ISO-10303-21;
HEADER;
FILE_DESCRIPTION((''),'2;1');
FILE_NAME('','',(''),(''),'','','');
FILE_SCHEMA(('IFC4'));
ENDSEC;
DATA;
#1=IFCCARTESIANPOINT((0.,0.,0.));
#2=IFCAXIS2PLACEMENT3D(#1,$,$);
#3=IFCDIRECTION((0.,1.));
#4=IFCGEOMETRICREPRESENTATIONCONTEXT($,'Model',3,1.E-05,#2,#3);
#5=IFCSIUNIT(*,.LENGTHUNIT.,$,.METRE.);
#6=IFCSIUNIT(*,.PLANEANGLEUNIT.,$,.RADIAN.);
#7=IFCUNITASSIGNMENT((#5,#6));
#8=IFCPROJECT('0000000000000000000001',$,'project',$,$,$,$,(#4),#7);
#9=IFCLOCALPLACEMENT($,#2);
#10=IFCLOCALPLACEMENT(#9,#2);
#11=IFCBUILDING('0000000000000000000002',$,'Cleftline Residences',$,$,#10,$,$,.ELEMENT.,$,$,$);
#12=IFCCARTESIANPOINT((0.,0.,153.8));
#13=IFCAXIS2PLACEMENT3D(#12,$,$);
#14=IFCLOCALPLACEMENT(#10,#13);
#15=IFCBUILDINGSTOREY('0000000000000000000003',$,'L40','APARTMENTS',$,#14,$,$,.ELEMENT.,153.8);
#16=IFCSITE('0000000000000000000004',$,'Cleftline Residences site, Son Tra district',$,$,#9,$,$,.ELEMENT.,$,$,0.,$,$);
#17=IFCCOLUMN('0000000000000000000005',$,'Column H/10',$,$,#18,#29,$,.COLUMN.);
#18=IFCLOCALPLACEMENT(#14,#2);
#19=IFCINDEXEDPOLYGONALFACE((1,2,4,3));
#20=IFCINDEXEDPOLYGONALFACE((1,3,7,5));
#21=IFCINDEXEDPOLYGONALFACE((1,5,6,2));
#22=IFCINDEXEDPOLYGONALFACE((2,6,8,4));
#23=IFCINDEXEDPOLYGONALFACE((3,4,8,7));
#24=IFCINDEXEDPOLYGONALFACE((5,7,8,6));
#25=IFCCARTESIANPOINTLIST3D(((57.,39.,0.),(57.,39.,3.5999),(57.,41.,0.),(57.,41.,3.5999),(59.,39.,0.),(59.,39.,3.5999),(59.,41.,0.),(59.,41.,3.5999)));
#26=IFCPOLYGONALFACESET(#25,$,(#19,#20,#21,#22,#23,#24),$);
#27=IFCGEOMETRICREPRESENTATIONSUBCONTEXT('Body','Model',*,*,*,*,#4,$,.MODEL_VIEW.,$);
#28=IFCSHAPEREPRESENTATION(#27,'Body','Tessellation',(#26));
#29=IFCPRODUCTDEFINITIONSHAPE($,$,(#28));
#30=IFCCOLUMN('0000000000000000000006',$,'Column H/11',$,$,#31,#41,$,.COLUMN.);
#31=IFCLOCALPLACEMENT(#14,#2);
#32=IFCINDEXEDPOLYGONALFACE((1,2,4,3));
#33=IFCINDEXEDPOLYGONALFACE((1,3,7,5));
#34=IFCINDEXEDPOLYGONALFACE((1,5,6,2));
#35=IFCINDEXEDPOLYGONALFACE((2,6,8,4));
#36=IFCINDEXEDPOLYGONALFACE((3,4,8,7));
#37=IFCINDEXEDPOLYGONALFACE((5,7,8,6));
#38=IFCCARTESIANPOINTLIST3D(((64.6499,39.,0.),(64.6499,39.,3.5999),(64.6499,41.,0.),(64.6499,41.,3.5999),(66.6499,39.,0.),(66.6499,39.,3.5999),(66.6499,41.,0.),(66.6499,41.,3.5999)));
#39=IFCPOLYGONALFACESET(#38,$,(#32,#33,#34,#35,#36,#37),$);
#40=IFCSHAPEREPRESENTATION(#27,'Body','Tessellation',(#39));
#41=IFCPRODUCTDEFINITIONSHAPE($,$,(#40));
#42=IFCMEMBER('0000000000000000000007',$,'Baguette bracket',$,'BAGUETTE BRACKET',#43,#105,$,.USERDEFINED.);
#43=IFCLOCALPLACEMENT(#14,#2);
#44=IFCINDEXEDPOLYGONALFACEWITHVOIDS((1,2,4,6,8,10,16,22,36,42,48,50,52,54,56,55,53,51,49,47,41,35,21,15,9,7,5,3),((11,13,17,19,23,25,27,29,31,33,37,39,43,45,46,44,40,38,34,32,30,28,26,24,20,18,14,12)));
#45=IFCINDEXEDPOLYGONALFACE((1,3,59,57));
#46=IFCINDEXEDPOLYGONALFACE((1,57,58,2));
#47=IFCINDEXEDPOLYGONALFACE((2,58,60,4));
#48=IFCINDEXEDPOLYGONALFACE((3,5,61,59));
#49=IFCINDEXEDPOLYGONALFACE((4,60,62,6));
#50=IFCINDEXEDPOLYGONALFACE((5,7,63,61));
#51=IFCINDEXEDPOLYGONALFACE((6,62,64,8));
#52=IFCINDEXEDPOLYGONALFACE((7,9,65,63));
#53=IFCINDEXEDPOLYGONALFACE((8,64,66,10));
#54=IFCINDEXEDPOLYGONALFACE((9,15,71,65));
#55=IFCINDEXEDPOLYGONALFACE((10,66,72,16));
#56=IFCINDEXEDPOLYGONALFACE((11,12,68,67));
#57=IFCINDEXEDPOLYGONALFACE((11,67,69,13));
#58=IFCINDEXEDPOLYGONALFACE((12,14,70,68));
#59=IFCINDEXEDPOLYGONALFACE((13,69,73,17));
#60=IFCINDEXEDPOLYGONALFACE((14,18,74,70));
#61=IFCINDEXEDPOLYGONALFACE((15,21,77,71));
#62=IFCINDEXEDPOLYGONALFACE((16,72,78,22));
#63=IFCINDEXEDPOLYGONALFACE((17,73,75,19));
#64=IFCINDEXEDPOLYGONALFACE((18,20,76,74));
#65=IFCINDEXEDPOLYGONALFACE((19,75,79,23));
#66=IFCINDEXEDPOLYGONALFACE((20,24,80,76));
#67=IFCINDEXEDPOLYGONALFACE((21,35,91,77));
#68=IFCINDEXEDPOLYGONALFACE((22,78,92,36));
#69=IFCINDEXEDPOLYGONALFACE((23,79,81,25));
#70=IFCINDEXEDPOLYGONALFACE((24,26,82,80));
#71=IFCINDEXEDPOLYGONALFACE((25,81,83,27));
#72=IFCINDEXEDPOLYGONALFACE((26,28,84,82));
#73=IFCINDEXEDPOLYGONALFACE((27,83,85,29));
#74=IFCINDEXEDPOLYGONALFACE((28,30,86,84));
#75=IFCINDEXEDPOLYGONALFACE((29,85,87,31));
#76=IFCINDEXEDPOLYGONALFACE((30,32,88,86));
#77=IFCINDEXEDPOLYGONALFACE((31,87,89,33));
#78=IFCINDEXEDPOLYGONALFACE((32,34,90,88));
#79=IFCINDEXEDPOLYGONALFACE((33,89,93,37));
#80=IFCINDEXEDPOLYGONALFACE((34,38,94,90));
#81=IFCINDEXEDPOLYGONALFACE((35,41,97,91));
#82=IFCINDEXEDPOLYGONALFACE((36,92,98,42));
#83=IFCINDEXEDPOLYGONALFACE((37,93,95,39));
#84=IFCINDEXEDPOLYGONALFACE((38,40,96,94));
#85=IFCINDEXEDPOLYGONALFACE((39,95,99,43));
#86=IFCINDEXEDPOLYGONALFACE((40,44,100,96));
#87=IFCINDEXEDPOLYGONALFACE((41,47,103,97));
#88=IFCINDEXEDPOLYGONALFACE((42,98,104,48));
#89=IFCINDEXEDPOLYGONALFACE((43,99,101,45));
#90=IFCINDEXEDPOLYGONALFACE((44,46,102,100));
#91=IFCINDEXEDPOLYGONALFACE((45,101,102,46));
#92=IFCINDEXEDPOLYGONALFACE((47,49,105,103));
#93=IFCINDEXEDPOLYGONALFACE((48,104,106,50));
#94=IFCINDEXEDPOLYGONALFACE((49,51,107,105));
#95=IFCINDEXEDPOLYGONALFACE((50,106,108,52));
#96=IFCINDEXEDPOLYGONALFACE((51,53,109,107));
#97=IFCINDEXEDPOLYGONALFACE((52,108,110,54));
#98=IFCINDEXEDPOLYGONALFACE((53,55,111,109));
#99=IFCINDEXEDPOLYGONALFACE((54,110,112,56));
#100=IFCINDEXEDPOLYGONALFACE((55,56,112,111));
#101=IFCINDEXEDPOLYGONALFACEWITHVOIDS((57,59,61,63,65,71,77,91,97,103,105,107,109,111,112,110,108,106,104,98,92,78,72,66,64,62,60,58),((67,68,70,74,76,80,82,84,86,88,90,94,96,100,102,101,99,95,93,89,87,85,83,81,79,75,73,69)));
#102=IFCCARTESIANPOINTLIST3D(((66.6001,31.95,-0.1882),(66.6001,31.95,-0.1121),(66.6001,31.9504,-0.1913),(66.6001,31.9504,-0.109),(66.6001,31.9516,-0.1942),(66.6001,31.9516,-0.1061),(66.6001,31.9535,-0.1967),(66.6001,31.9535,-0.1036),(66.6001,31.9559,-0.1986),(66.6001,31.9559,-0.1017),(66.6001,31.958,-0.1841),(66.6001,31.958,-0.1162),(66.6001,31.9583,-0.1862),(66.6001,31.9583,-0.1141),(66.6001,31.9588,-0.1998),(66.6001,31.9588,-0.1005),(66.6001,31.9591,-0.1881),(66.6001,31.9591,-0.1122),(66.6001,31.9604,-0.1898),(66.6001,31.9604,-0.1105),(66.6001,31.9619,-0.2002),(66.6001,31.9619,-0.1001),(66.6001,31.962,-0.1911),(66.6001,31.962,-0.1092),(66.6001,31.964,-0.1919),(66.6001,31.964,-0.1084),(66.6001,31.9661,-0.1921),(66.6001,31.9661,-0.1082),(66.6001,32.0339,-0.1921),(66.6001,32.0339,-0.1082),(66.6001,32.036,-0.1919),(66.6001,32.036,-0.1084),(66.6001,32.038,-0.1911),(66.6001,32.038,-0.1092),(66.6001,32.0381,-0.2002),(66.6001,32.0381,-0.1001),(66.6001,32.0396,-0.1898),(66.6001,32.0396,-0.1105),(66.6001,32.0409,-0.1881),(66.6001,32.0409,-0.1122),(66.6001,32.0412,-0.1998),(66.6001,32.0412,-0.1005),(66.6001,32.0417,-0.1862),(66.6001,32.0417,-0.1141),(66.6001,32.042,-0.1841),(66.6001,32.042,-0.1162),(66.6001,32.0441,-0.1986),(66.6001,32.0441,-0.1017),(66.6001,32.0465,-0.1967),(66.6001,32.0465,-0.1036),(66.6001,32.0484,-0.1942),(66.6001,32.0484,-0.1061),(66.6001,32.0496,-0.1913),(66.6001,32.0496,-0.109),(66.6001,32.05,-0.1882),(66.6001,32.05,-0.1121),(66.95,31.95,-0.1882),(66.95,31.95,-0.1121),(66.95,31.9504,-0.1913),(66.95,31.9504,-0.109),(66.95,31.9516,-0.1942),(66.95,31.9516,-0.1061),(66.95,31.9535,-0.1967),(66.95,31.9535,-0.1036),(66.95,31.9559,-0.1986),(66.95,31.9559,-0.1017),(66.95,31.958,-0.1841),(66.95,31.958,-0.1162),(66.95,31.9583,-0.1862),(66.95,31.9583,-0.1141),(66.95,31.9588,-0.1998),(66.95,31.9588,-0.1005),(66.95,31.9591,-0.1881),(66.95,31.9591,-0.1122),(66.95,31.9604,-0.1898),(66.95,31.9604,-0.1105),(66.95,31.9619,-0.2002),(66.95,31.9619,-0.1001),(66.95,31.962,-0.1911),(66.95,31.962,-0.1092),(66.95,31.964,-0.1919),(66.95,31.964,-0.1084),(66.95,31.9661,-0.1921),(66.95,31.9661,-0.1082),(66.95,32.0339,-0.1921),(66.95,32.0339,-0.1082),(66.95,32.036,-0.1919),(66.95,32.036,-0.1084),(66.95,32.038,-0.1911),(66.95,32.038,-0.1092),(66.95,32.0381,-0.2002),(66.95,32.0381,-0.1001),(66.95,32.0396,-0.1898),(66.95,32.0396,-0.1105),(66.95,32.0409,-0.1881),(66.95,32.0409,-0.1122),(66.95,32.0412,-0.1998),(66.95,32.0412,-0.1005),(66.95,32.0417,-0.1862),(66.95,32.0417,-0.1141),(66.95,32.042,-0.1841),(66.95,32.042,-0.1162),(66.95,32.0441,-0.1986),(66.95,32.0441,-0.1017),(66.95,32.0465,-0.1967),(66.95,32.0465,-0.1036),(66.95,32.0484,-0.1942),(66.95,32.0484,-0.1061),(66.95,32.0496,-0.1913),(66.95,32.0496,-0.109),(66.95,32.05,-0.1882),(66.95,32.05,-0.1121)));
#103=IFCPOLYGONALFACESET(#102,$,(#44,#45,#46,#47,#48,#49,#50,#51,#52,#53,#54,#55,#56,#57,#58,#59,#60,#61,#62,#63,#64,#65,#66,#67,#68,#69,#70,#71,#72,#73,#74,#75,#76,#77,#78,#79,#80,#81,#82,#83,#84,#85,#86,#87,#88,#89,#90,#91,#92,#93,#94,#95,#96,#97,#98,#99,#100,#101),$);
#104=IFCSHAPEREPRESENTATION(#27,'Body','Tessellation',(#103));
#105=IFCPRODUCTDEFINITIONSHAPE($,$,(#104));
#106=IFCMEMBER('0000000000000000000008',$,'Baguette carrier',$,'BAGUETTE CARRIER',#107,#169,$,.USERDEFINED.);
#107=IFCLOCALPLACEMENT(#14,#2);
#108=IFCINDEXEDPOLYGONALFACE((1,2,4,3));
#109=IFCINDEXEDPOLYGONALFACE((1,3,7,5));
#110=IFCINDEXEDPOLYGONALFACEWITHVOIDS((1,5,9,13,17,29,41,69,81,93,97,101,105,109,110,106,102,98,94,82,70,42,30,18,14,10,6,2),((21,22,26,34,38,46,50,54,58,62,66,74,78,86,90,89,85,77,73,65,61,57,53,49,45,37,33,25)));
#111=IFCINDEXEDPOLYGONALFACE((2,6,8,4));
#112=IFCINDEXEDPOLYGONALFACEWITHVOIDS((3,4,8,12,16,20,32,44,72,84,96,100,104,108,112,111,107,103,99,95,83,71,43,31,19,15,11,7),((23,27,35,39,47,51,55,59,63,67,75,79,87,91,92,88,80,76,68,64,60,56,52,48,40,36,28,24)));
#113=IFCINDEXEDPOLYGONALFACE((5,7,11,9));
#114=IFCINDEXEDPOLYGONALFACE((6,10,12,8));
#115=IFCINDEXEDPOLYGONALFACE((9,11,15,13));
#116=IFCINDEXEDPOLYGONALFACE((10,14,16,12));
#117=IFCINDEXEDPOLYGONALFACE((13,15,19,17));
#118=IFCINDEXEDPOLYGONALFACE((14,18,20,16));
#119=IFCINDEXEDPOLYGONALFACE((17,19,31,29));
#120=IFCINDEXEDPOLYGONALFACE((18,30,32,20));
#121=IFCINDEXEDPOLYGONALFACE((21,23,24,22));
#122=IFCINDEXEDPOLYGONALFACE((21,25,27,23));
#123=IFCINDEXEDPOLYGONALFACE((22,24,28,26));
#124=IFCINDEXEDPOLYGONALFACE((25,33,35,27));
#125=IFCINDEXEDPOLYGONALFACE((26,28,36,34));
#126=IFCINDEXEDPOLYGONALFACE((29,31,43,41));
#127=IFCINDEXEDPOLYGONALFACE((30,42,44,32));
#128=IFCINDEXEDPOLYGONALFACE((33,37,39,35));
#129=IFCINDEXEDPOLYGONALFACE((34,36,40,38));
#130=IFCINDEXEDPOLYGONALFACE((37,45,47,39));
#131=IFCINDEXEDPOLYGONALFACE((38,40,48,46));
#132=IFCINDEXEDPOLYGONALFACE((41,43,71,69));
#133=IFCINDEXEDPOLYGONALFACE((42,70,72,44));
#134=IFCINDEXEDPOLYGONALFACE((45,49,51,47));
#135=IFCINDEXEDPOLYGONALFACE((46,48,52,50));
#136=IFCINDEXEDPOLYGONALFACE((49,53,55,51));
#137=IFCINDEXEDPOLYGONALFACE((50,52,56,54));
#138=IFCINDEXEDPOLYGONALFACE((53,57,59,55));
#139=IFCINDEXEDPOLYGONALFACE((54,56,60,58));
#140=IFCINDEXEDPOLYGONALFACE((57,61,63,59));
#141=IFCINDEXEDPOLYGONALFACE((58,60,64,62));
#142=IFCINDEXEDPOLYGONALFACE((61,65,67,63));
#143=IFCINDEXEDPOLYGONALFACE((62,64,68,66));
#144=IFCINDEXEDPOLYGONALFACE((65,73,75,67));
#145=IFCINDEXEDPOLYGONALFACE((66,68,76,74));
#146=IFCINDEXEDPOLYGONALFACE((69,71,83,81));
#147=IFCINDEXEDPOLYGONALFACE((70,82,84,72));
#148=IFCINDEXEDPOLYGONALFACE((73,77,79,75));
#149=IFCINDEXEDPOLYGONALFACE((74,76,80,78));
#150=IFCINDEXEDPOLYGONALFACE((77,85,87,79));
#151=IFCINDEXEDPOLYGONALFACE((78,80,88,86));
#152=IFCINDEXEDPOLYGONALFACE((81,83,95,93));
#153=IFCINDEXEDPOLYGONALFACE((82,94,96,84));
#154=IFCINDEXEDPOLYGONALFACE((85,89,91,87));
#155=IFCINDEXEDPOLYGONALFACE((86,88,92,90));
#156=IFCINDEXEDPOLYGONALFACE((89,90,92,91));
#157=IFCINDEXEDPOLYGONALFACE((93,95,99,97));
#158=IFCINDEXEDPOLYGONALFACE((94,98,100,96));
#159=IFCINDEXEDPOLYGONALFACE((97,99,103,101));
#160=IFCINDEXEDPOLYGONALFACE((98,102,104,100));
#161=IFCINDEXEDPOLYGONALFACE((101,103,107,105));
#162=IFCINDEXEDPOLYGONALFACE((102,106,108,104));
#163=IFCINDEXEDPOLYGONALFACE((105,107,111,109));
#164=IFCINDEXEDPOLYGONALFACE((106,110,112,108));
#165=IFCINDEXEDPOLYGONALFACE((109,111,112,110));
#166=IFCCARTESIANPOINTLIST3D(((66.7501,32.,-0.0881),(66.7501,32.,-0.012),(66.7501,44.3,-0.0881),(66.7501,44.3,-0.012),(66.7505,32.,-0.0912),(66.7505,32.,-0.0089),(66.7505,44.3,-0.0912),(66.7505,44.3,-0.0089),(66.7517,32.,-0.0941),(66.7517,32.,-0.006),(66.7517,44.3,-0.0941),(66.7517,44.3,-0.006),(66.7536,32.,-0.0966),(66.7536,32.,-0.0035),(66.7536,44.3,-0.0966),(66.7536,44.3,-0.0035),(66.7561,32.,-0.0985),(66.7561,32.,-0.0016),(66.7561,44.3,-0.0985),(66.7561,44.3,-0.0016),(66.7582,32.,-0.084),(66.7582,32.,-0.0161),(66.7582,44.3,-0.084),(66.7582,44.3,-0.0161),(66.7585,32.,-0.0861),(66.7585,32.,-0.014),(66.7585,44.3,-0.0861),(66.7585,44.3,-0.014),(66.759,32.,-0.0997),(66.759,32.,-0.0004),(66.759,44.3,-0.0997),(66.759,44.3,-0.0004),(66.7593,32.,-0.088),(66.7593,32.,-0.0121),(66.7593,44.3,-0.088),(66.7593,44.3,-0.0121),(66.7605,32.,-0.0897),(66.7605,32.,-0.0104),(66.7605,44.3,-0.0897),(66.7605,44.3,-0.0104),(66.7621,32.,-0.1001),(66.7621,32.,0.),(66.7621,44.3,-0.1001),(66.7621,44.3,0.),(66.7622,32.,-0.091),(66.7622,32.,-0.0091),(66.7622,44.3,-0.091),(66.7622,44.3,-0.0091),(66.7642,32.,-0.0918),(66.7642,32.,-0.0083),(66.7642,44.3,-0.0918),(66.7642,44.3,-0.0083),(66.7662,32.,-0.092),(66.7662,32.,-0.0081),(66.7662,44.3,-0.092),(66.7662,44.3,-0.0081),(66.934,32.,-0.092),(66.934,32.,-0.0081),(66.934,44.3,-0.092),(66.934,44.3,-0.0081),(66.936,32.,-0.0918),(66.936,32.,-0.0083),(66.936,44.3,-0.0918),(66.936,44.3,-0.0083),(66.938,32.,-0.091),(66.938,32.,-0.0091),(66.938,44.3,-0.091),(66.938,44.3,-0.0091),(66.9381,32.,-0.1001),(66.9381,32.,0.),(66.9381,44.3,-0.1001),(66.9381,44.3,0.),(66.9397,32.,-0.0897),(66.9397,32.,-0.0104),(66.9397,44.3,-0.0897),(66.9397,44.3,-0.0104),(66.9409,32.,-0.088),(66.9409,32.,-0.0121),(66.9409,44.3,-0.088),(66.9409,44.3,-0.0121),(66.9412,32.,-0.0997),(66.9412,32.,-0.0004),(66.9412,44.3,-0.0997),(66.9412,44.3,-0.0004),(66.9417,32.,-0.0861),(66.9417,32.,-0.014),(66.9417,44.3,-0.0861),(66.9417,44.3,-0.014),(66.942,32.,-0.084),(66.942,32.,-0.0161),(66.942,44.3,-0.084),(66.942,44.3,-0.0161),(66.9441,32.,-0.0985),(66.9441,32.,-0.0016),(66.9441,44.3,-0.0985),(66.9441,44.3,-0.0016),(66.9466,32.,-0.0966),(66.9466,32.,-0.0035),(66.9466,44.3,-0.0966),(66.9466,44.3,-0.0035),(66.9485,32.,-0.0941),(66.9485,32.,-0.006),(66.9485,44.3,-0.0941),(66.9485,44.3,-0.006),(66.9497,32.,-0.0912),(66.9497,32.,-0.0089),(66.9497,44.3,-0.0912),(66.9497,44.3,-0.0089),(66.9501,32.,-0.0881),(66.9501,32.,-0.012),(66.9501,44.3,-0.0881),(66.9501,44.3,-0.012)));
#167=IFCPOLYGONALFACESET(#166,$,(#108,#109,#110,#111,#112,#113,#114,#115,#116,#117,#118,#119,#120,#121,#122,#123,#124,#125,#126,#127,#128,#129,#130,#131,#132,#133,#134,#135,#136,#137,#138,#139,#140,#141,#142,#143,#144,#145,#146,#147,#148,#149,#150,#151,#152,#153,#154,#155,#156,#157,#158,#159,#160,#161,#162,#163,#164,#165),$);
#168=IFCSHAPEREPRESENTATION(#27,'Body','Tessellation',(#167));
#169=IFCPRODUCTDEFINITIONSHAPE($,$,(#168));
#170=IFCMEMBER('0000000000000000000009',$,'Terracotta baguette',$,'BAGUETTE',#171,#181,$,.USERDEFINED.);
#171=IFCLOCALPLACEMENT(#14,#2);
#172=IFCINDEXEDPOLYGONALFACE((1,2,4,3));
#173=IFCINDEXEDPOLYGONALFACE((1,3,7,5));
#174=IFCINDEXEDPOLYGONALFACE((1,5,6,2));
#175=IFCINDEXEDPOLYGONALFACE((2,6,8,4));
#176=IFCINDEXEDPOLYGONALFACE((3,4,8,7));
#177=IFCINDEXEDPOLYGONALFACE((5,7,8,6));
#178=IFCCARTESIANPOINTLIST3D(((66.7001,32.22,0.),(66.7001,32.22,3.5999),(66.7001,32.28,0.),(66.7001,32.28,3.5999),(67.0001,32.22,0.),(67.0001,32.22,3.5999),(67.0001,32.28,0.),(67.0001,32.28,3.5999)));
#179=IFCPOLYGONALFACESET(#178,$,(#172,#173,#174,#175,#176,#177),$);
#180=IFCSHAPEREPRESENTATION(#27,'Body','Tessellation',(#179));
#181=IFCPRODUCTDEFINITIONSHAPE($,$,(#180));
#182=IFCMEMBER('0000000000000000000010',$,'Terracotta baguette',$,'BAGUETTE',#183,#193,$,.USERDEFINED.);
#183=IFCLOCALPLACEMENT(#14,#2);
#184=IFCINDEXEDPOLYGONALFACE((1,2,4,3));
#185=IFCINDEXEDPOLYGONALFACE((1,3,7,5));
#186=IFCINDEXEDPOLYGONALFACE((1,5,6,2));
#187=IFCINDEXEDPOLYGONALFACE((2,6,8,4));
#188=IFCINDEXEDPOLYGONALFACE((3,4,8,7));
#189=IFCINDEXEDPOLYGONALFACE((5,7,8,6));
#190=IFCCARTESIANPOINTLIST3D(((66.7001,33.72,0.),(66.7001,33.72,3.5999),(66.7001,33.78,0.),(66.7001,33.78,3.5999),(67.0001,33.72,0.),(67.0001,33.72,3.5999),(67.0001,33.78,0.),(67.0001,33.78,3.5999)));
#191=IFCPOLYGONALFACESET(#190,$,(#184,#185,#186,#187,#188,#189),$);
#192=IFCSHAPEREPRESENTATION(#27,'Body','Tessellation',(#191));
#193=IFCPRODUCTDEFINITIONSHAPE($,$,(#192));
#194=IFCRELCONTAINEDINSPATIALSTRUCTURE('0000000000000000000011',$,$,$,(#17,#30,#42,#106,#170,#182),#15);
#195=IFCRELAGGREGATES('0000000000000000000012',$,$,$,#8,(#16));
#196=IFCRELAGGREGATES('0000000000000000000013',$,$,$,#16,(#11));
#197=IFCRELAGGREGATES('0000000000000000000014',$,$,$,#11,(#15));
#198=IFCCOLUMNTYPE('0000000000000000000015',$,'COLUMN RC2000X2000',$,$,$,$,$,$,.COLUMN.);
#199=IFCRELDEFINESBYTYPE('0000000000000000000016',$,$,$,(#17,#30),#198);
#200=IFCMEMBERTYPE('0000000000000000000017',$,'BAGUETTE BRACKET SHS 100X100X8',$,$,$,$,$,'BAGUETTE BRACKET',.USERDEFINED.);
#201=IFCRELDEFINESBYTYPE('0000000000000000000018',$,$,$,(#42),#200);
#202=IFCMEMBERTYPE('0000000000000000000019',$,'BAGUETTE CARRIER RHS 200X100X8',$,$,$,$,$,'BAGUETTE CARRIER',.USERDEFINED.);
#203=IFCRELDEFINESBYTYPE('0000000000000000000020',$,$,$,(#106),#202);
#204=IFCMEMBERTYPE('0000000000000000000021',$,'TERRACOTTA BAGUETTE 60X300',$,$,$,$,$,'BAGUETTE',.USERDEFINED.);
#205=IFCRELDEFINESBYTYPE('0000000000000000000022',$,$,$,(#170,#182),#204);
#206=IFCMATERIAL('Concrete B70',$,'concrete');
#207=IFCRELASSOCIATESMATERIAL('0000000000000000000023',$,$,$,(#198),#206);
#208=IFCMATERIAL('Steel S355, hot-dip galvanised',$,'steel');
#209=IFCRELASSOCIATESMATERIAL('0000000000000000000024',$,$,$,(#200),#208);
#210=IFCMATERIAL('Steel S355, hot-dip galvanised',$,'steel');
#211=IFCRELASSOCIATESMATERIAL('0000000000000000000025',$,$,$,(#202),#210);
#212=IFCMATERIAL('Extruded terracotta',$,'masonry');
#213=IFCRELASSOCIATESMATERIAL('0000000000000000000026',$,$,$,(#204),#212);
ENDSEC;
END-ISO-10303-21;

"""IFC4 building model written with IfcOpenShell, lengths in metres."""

from ifc_helpers import new_model, si_unit, direction, frame, origin, origin_2d, place, context, subcontext, project, spatial, rectangle, hollow_rectangle, extrude, material, material_profile, profile_set, type_object, element, save


model = new_model("IFC4")

# Units and contexts
model_context = context("Model", 3, precision=1e-05, world=origin(), true_north=direction((0.0, 1.0)))
body_context = subcontext(model_context, "Body", "Model", "MODEL_VIEW")
ifc_project = project(units=[si_unit("LENGTHUNIT", "METRE"), si_unit("PLANEANGLEUNIT", "RADIAN")], contexts=[model_context])

# Site, building, storey
site_placement = place(None, origin())
site = spatial("IfcSite", under=ifc_project, at=site_placement, Name="Cleftline Residences site, Son Tra district", CompositionType="ELEMENT", RefElevation=0.0)
building_placement = place(site_placement, origin())
building = spatial("IfcBuilding", under=site, at=building_placement, Name="Cleftline Residences", CompositionType="ELEMENT")
storey_placement = place(building_placement, frame((0.0, 0.0, 153.8)))
storey = spatial("IfcBuildingStorey", under=building, at=storey_placement, Name="L40", Description="APARTMENTS", CompositionType="ELEMENT", Elevation=153.8)

# Columns
ifc_material_1 = material(Name="Concrete B70", Category="concrete")
ifc_material_profile_1 = material_profile(ifc_material_1, rectangle(XDim=2.0, YDim=2.0, at=origin_2d()))
ifc_profile_set_1 = profile_set([ifc_material_profile_1], Name="Concrete B70")
column_type = type_object("IfcColumnType", Name="COLUMN RC2000X2000", PredefinedType="COLUMN", material=ifc_profile_set_1)
for number, where, z_axis, x_axis, name in (
    (1, (58.0, 40.0, 0.0), (0.0, 0.0, 1.0), (1.0, 0.0, 0.0), "Column H/10"),
    (2, (65.6499, 40.0, 0.0), (0.0, 0.0, 1.0), (1.0, 0.0, 0.0), "Column H/11"),
):
    element("IfcColumn", number, at=place(storey_placement, frame(where, z_axis=z_axis, x_axis=x_axis)), inside=storey, type_object=column_type, Name=name, PredefinedType="COLUMN", context=body_context, shape_type="SweptSolid", body=[
        extrude(rectangle(XDim=2.0, YDim=2.0, at=origin_2d()), origin(), (0.0, 0.0, 1.0), 3.5999),
    ])

# Members
ifc_material_2 = material(Name="Steel S355, hot-dip galvanised", Category="steel")
ifc_material_profile_2 = material_profile(ifc_material_2, hollow_rectangle(XDim=0.1001, YDim=0.1001, WallThickness=0.0081, InnerFilletRadius=0.0081, OuterFilletRadius=0.012, at=origin_2d()))
ifc_profile_set_2 = profile_set([ifc_material_profile_2], Name="Steel S355, hot-dip galvanised")
member_type_1 = type_object("IfcMemberType", Name="BAGUETTE BRACKET SHS 100X100X8", ElementType="BAGUETTE BRACKET", PredefinedType="USERDEFINED", material=ifc_profile_set_2)
member_1_placement = place(storey_placement, frame((66.6001, 32.0, -0.1501), z_axis=(1.0, 0.0, 0.0), x_axis=(0.0, 1.0, 0.0)))
element("IfcMember", 3, at=member_1_placement, inside=storey, type_object=member_type_1, Name="Baguette bracket", ObjectType="BAGUETTE BRACKET", PredefinedType="USERDEFINED", context=body_context, shape_type="SweptSolid", body=[
    extrude(hollow_rectangle(XDim=0.1001, YDim=0.1001, WallThickness=0.0081, InnerFilletRadius=0.0081, OuterFilletRadius=0.012, at=origin_2d()), origin(), (0.0, 0.0, 1.0), 0.3499),
])
ifc_material_3 = material(Name="Steel S355, hot-dip galvanised", Category="steel")
ifc_material_profile_3 = material_profile(ifc_material_3, hollow_rectangle(XDim=0.1001, YDim=0.2, WallThickness=0.0081, InnerFilletRadius=0.0081, OuterFilletRadius=0.012, at=origin_2d()))
ifc_profile_set_3 = profile_set([ifc_material_profile_3], Name="Steel S355, hot-dip galvanised")
member_type_2 = type_object("IfcMemberType", Name="BAGUETTE CARRIER RHS 200X100X8", ElementType="BAGUETTE CARRIER", PredefinedType="USERDEFINED", material=ifc_profile_set_3)
member_2_placement = place(storey_placement, frame((66.8501, 32.0, -0.05), z_axis=(0.0, 1.0, 0.0), x_axis=(0.0, 0.0, 1.0)))
element("IfcMember", 4, at=member_2_placement, inside=storey, type_object=member_type_2, Name="Baguette carrier", ObjectType="BAGUETTE CARRIER", PredefinedType="USERDEFINED", context=body_context, shape_type="SweptSolid", body=[
    extrude(hollow_rectangle(XDim=0.1001, YDim=0.2, WallThickness=0.0081, InnerFilletRadius=0.0081, OuterFilletRadius=0.012, at=origin_2d()), origin(), (0.0, 0.0, 1.0), 12.3),
])
ifc_material_4 = material(Name="Extruded terracotta", Category="masonry")
ifc_material_profile_4 = material_profile(ifc_material_4, rectangle(XDim=0.0601, YDim=0.3, at=origin_2d()))
ifc_profile_set_4 = profile_set([ifc_material_profile_4], Name="Extruded terracotta")
member_type_3 = type_object("IfcMemberType", Name="TERRACOTTA BAGUETTE 60X300", ElementType="BAGUETTE", PredefinedType="USERDEFINED", material=ifc_profile_set_4)
for number, where, z_axis, x_axis, name in (
    (5, (66.8501, 32.25, 0.0), (0.0, 0.0, 1.0), (0.0, 1.0, 0.0), "Terracotta baguette"),
    (6, (66.8501, 33.75, 0.0), (0.0, 0.0, 1.0), (0.0, 1.0, 0.0), "Terracotta baguette"),
):
    element("IfcMember", number, at=place(storey_placement, frame(where, z_axis=z_axis, x_axis=x_axis)), inside=storey, type_object=member_type_3, Name=name, ObjectType="BAGUETTE", PredefinedType="USERDEFINED", context=body_context, shape_type="SweptSolid", body=[
        extrude(rectangle(XDim=0.0601, YDim=0.3, at=origin_2d()), origin(), (0.0, 0.0, 1.0), 3.5999),
    ])

save(model, "model.ifc")
